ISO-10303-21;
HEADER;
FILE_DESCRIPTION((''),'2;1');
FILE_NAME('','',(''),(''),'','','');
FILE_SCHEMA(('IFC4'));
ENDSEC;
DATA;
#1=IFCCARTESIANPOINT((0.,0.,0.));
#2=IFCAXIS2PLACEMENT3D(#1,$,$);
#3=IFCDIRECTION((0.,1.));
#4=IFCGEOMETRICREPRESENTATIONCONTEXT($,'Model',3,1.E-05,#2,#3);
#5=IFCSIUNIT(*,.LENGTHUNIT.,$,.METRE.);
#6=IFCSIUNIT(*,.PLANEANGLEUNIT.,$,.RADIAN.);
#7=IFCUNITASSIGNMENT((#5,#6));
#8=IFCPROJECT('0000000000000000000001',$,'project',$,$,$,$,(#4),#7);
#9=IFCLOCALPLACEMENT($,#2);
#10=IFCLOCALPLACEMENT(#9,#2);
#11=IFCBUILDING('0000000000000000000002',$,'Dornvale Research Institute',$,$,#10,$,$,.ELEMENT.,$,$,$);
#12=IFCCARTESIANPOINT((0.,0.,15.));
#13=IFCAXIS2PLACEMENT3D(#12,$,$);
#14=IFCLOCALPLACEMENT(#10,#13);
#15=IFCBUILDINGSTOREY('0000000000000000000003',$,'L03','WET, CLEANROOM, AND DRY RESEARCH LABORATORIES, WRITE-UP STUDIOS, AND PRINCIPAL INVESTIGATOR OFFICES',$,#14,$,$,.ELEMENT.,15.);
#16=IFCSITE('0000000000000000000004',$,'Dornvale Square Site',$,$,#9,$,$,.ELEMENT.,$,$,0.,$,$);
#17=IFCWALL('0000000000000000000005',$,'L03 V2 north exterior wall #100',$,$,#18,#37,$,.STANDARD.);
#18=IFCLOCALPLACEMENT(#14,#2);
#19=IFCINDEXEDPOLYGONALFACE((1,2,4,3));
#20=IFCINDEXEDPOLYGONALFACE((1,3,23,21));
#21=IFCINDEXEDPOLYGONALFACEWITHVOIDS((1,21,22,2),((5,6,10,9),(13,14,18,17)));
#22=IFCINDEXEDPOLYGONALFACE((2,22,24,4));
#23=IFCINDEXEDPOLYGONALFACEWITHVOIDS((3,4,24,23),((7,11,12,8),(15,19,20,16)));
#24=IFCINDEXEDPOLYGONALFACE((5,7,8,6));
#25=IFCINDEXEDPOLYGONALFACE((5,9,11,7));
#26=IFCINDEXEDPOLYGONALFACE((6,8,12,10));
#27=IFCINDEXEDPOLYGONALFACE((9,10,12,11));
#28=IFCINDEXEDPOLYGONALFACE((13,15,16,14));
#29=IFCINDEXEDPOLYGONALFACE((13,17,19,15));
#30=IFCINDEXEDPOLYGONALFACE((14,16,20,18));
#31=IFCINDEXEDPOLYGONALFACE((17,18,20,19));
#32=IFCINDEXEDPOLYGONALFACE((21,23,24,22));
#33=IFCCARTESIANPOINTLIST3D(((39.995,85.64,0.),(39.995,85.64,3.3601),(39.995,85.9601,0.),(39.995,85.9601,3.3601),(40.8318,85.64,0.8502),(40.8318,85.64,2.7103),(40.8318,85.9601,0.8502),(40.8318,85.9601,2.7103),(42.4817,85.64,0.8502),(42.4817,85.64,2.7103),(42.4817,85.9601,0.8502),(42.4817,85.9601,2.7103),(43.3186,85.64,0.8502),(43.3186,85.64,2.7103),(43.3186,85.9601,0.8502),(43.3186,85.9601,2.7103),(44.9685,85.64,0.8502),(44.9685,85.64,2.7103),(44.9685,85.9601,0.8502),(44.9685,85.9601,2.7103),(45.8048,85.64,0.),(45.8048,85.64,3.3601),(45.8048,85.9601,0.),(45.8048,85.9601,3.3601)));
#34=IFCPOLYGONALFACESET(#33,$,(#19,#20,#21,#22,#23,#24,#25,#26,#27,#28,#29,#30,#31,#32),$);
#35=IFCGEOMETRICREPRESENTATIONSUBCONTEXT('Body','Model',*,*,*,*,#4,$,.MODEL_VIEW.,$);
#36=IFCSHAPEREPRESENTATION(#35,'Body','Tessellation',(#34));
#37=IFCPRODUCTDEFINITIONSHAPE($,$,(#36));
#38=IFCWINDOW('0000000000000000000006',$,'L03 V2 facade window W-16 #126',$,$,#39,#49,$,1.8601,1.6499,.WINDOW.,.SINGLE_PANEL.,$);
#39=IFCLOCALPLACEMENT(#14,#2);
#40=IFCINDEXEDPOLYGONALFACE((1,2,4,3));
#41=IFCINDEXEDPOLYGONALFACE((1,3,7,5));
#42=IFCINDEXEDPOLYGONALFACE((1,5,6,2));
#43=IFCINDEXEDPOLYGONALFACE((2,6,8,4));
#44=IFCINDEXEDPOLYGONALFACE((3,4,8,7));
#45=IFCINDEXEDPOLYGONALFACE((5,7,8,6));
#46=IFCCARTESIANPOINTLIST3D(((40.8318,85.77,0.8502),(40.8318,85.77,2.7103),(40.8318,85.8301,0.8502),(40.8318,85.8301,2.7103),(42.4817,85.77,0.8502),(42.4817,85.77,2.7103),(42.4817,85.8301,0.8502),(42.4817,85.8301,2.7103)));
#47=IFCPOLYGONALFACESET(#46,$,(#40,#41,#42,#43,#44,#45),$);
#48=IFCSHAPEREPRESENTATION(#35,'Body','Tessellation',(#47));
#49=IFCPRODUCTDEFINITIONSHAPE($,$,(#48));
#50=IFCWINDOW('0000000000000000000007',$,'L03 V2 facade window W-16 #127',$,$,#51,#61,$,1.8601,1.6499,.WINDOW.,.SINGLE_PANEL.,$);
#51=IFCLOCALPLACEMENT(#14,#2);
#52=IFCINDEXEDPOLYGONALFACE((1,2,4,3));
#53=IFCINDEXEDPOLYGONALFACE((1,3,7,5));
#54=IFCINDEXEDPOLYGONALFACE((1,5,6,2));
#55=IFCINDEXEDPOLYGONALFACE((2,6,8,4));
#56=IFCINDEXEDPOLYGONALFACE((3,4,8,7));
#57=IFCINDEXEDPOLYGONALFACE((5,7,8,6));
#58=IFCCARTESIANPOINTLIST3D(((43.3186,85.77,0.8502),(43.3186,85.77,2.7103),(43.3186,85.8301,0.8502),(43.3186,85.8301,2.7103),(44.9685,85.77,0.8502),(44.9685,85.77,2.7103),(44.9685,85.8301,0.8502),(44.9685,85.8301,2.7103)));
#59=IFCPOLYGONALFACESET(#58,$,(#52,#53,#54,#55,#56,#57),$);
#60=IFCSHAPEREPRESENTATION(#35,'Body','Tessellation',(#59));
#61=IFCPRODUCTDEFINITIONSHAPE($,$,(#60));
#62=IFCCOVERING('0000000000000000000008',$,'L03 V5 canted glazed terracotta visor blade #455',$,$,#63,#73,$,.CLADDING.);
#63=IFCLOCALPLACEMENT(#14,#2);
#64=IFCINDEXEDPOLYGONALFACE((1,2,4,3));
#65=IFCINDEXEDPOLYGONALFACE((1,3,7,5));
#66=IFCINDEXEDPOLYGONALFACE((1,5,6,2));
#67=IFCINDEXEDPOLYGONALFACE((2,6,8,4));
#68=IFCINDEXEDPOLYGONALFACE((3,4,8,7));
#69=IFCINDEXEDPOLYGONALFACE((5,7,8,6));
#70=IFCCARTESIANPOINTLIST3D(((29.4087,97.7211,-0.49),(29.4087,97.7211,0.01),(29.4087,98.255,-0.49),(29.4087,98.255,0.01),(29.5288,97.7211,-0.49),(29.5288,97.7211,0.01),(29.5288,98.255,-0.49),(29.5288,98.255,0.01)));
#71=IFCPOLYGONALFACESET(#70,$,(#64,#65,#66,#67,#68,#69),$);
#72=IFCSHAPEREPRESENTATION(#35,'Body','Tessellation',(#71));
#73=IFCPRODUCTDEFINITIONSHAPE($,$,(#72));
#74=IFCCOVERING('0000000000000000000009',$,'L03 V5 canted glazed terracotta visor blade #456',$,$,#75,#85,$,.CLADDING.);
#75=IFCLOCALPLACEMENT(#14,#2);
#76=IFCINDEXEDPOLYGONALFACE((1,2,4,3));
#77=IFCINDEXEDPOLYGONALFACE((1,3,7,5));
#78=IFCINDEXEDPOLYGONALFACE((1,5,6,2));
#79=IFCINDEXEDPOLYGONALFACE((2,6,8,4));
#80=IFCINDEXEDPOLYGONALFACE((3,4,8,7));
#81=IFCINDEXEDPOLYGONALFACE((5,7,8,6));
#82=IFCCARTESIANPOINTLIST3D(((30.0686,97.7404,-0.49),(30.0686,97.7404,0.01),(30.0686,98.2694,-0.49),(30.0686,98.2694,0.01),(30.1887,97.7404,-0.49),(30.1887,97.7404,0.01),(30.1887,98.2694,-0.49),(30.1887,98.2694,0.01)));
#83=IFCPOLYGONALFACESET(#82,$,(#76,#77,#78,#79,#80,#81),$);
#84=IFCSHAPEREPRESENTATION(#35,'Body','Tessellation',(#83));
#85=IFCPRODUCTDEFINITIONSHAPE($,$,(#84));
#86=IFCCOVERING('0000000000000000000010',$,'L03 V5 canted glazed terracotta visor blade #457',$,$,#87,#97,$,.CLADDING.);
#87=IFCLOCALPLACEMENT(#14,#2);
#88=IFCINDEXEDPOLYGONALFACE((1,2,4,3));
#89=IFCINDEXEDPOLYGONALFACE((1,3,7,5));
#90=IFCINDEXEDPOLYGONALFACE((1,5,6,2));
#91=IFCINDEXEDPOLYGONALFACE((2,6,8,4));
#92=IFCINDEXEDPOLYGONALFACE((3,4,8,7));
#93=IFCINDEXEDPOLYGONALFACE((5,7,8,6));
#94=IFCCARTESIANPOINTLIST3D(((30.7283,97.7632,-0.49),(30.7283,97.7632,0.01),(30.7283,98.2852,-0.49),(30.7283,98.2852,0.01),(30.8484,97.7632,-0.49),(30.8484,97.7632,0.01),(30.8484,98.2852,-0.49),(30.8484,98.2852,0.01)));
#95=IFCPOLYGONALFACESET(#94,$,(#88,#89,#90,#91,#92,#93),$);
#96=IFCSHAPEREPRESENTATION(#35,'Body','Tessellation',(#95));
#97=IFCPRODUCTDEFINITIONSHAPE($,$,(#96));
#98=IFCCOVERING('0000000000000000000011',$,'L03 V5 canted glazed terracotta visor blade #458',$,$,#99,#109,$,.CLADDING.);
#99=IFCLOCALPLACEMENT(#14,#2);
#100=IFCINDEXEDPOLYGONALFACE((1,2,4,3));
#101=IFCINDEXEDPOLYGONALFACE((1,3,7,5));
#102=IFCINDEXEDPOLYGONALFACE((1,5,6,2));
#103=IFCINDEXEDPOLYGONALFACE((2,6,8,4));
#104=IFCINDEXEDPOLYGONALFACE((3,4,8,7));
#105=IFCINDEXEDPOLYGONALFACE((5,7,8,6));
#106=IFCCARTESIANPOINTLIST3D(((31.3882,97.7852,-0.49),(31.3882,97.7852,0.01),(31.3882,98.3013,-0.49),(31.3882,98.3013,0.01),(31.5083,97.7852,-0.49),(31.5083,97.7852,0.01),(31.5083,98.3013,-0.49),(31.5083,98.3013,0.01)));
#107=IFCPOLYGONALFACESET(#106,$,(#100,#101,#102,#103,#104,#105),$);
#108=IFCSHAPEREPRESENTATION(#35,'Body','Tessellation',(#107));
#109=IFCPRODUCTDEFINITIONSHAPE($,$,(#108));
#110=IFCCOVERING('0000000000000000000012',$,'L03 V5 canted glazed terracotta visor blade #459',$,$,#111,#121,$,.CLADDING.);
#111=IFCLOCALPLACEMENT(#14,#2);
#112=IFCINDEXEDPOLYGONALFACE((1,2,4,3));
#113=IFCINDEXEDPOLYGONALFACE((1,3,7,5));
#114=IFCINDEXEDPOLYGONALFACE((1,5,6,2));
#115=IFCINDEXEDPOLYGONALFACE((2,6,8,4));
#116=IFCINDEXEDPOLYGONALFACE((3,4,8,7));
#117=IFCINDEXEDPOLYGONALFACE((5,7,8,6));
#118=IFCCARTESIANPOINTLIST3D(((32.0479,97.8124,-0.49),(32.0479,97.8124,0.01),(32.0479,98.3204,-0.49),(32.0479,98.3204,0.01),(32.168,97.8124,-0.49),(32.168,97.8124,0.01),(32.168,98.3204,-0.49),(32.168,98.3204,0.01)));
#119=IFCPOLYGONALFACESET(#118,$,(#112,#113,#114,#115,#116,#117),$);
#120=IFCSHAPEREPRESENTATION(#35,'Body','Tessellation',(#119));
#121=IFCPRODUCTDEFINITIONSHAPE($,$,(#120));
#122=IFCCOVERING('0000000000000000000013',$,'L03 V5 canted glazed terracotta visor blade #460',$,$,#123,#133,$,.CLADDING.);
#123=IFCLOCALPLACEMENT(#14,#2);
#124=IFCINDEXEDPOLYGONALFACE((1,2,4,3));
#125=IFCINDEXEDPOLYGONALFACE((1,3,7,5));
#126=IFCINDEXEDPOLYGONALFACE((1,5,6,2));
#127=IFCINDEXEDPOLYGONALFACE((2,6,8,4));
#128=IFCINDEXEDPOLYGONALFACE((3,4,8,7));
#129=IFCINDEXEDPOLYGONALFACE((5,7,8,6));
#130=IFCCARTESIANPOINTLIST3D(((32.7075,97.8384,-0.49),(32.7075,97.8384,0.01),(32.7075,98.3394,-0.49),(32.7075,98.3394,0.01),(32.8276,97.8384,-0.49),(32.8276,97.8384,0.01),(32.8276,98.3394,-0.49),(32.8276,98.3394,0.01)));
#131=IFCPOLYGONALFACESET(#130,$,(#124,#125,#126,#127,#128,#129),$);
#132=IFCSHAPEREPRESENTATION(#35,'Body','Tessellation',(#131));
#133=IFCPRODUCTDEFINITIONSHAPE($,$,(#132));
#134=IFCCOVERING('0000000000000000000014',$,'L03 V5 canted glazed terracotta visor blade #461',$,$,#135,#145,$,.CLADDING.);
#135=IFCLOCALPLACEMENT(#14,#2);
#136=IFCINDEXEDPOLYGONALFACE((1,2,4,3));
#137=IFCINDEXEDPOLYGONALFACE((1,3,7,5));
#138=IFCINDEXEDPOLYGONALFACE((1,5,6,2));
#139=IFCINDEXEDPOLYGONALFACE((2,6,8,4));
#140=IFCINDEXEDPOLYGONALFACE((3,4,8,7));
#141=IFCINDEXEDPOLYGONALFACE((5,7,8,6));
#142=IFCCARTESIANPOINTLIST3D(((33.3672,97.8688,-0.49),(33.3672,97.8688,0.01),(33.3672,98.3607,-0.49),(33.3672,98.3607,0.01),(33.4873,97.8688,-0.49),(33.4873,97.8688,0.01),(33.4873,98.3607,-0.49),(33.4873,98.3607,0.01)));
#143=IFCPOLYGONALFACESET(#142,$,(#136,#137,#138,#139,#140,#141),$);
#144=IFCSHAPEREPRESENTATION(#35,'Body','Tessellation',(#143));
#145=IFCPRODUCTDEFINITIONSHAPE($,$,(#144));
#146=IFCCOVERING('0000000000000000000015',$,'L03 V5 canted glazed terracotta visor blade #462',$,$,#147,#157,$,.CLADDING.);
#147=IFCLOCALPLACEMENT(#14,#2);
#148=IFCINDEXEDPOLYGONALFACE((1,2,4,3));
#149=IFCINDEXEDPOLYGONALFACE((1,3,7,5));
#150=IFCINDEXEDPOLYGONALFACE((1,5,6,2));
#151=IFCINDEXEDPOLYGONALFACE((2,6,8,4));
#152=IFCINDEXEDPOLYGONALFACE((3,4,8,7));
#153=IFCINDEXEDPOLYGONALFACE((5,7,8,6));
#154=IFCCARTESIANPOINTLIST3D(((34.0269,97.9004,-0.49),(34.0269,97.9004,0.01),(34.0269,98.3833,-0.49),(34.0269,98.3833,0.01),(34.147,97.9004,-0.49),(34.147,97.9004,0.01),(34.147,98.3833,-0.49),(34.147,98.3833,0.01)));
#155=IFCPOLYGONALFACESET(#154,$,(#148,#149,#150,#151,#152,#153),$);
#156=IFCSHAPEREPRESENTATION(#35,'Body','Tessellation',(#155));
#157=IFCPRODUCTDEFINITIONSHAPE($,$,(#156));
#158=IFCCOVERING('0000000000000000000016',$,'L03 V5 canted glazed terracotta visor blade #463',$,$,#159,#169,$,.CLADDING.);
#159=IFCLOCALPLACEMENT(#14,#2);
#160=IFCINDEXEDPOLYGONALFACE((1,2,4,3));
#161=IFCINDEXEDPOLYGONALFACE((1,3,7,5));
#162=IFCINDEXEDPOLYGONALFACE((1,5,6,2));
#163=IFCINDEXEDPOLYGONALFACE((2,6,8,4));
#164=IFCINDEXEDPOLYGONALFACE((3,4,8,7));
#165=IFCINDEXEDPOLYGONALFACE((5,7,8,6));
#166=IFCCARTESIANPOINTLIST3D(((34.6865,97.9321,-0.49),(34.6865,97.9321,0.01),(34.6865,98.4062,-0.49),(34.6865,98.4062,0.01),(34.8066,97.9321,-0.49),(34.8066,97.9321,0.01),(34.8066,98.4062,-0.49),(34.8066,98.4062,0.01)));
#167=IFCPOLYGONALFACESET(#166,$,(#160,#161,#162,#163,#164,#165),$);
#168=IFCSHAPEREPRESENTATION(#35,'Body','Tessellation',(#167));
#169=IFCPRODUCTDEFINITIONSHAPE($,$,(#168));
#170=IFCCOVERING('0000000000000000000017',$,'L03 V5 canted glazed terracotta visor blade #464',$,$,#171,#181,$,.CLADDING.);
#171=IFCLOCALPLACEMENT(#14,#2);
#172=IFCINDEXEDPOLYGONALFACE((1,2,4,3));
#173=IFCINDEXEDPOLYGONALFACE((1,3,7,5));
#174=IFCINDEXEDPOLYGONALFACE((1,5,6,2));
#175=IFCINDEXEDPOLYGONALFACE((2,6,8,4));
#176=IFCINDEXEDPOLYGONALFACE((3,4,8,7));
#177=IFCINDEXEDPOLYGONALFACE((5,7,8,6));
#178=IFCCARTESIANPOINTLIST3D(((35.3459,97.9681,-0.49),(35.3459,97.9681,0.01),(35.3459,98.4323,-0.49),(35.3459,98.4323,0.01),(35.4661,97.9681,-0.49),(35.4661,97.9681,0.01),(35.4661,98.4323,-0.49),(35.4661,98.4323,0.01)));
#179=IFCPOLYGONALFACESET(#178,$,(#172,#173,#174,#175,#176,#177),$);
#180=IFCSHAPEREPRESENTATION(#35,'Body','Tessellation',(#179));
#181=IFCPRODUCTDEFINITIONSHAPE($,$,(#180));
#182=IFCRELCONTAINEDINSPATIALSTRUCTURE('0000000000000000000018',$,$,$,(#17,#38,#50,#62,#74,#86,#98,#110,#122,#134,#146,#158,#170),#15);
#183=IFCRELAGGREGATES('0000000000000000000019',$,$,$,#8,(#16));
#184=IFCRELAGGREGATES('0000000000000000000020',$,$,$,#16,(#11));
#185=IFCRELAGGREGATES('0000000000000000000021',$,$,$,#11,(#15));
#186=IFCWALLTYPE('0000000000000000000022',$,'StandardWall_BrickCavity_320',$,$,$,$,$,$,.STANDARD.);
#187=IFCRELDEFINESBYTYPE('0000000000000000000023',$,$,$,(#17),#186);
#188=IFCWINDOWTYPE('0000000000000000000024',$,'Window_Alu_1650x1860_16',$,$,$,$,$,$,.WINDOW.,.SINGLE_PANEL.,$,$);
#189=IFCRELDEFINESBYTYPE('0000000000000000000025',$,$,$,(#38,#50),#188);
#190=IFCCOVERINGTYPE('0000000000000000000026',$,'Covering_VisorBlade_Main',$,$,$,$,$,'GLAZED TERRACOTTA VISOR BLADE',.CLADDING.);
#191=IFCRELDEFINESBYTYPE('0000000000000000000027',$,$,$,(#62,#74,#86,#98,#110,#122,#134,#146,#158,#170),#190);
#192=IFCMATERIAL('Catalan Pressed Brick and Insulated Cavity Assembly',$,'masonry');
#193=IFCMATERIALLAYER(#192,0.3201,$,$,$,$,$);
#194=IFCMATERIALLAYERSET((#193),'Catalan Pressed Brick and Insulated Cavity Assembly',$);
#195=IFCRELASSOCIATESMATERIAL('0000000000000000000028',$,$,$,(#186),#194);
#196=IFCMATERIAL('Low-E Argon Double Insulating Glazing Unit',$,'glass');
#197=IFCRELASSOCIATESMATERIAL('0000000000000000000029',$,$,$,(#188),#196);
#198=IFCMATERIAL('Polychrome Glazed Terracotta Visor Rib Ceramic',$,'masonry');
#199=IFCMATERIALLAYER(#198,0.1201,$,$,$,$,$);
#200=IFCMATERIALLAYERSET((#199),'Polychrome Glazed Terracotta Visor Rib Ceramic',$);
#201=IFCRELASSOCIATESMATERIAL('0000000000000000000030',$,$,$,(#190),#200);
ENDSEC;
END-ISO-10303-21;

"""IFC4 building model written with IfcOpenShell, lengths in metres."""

from ifc_helpers import new_model, si_unit, direction, frame, frame_2d, origin, origin_2d, place, context, subcontext, project, spatial, rectangle, extrude, material, layer, layer_set, type_object, element, fill, save


model = new_model("IFC4")

# Units and contexts
model_context = context("Model", 3, precision=1e-05, world=origin(), true_north=direction((0.0, 1.0)))
body_context = subcontext(model_context, "Body", "Model", "MODEL_VIEW")
ifc_project = project(units=[si_unit("LENGTHUNIT", "METRE"), si_unit("PLANEANGLEUNIT", "RADIAN")], contexts=[model_context])

# Site, building, storey
site_placement = place(None, origin())
site = spatial("IfcSite", under=ifc_project, at=site_placement, Name="Dornvale Square Site", CompositionType="ELEMENT", RefElevation=0.0)
building_placement = place(site_placement, origin())
building = spatial("IfcBuilding", under=site, at=building_placement, Name="Dornvale Research Institute", CompositionType="ELEMENT")
storey_placement = place(building_placement, frame((0.0, 0.0, 15.0)))
storey = spatial("IfcBuildingStorey", under=building, at=storey_placement, Name="L03", Description="WET, CLEANROOM, AND DRY RESEARCH LABORATORIES, WRITE-UP STUDIOS, AND PRINCIPAL INVESTIGATOR OFFICES", CompositionType="ELEMENT", Elevation=15.0)

# Wall, openings, windows
ifc_material_1 = material(Name="Catalan Pressed Brick and Insulated Cavity Assembly", Category="masonry")
ifc_layer_1 = layer(ifc_material_1, 0.3201)
ifc_layer_set_1 = layer_set([ifc_layer_1], Name="Catalan Pressed Brick and Insulated Cavity Assembly")
wall_type = type_object("IfcWallType", Name="StandardWall_BrickCavity_320", PredefinedType="STANDARD", material=ifc_layer_set_1)
wall_1_placement = place(storey_placement, frame((39.9951, 85.8, 0.0), z_axis=(0.0, 0.0, 1.0), x_axis=(1.0, 0.0, 0.0)))
wall_1 = element("IfcWall", 1, at=wall_1_placement, inside=storey, type_object=wall_type, Name="L03 V2 north exterior wall #100", PredefinedType="STANDARD", context=body_context, shape_type="SweptSolid", body=[
    extrude(rectangle(XDim=5.8098, YDim=0.3201, at=frame_2d((2.9048, 0.0))), origin(), (0.0, 0.0, 1.0), 3.3601),
])
opening_1_placement = place(wall_1_placement, frame((0.8367, 0.0, 0.8501)))
opening_1 = element("IfcOpeningElement", 2, at=opening_1_placement, cuts=wall_1, PredefinedType="OPENING", context=body_context, shape_type="SweptSolid", body=[
    extrude(rectangle(XDim=1.6499, YDim=1.8601, at=frame_2d((0.825, 0.9302))), frame((0.0, 0.175, 0.0), z_axis=(0.0, -1.0, 0.0), x_axis=(1.0, 0.0, 0.0)), (0.0, 0.0, 1.0), 0.3501),
])
opening_2_placement = place(wall_1_placement, frame((3.3235, 0.0, 0.8501)))
opening_2 = element("IfcOpeningElement", 3, at=opening_2_placement, cuts=wall_1, PredefinedType="OPENING", context=body_context, shape_type="SweptSolid", body=[
    extrude(rectangle(XDim=1.6499, YDim=1.8601, at=frame_2d((0.825, 0.9302))), frame((0.0, 0.175, 0.0), z_axis=(0.0, -1.0, 0.0), x_axis=(1.0, 0.0, 0.0)), (0.0, 0.0, 1.0), 0.3501),
])
ifc_material_2 = material(Name="Low-E Argon Double Insulating Glazing Unit", Category="glass")
window_type_1 = type_object("IfcWindowType", Name="Window_Alu_1650x1860_16", PartitioningType="SINGLE_PANEL", PredefinedType="WINDOW", material=ifc_material_2)
window_1_placement = place(opening_1_placement, origin())
window_1 = element("IfcWindow", 4, at=window_1_placement, inside=storey, type_object=window_type_1, Name="L03 V2 facade window W-16 #126", OverallHeight=1.8601, OverallWidth=1.6499, PartitioningType="SINGLE_PANEL", PredefinedType="WINDOW", context=body_context, shape_type="SweptSolid", body=[
    extrude(rectangle(XDim=1.6499, YDim=1.8601, at=frame_2d((0.825, 0.9302))), frame((0.0, 0.03, 0.0), z_axis=(0.0, -1.0, 0.0), x_axis=(1.0, 0.0, 0.0)), (0.0, 0.0, 1.0), 0.0601),
])
fill(opening_1, window_1)
window_2_placement = place(opening_2_placement, origin())
window_2 = element("IfcWindow", 5, at=window_2_placement, inside=storey, type_object=window_type_1, Name="L03 V2 facade window W-16 #127", OverallHeight=1.8601, OverallWidth=1.6499, PartitioningType="SINGLE_PANEL", PredefinedType="WINDOW", context=body_context, shape_type="SweptSolid", body=[
    extrude(rectangle(XDim=1.6499, YDim=1.8601, at=frame_2d((0.825, 0.9302))), frame((0.0, 0.03, 0.0), z_axis=(0.0, -1.0, 0.0), x_axis=(1.0, 0.0, 0.0)), (0.0, 0.0, 1.0), 0.0601),
])
fill(opening_2, window_2)

# Coverings
ifc_material_3 = material(Name="Polychrome Glazed Terracotta Visor Rib Ceramic", Category="masonry")
ifc_layer_2 = layer(ifc_material_3, 0.1201)
ifc_layer_set_2 = layer_set([ifc_layer_2], Name="Polychrome Glazed Terracotta Visor Rib Ceramic")
covering_type = type_object("IfcCoveringType", Name="Covering_VisorBlade_Main", ElementType="GLAZED TERRACOTTA VISOR BLADE", PredefinedType="CLADDING", material=ifc_layer_set_2)
covering_1_placement = place(storey_placement, frame((29.4688, 97.988, -0.49), z_axis=(0.0, 0.0, 1.0), x_axis=(0.0, 1.0, 0.0)))
element("IfcCovering", 6, at=covering_1_placement, inside=storey, type_object=covering_type, Name="L03 V5 canted glazed terracotta visor blade #455", PredefinedType="CLADDING", context=body_context, shape_type="SweptSolid", body=[
    extrude(rectangle(XDim=0.5339, YDim=0.1201, at=origin_2d()), origin(), (0.0, 0.0, 1.0), 0.5),
])
covering_2_placement = place(storey_placement, frame((30.1287, 98.0049, -0.49), z_axis=(0.0, 0.0, 1.0), x_axis=(0.0, 1.0, 0.0)))
element("IfcCovering", 7, at=covering_2_placement, inside=storey, type_object=covering_type, Name="L03 V5 canted glazed terracotta visor blade #456", PredefinedType="CLADDING", context=body_context, shape_type="SweptSolid", body=[
    extrude(rectangle(XDim=0.5291, YDim=0.1201, at=origin_2d()), origin(), (0.0, 0.0, 1.0), 0.5),
])
covering_3_placement = place(storey_placement, frame((30.7883, 98.0242, -0.49), z_axis=(0.0, 0.0, 1.0), x_axis=(0.0, 1.0, 0.0)))
element("IfcCovering", 8, at=covering_3_placement, inside=storey, type_object=covering_type, Name="L03 V5 canted glazed terracotta visor blade #457", PredefinedType="CLADDING", context=body_context, shape_type="SweptSolid", body=[
    extrude(rectangle(XDim=0.522, YDim=0.1201, at=origin_2d()), origin(), (0.0, 0.0, 1.0), 0.5),
])
covering_4_placement = place(storey_placement, frame((31.4482, 98.0432, -0.49), z_axis=(0.0, 0.0, 1.0), x_axis=(0.0, 1.0, 0.0)))
element("IfcCovering", 9, at=covering_4_placement, inside=storey, type_object=covering_type, Name="L03 V5 canted glazed terracotta visor blade #458", PredefinedType="CLADDING", context=body_context, shape_type="SweptSolid", body=[
    extrude(rectangle(XDim=0.5161, YDim=0.1201, at=origin_2d()), origin(), (0.0, 0.0, 1.0), 0.5),
])
covering_5_placement = place(storey_placement, frame((32.1079, 98.0664, -0.49), z_axis=(0.0, 0.0, 1.0), x_axis=(0.0, 1.0, 0.0)))
element("IfcCovering", 10, at=covering_5_placement, inside=storey, type_object=covering_type, Name="L03 V5 canted glazed terracotta visor blade #459", PredefinedType="CLADDING", context=body_context, shape_type="SweptSolid", body=[
    extrude(rectangle(XDim=0.5081, YDim=0.1201, at=origin_2d()), origin(), (0.0, 0.0, 1.0), 0.5),
])
covering_6_placement = place(storey_placement, frame((32.7676, 98.0889, -0.49), z_axis=(0.0, 0.0, 1.0), x_axis=(0.0, 1.0, 0.0)))
element("IfcCovering", 11, at=covering_6_placement, inside=storey, type_object=covering_type, Name="L03 V5 canted glazed terracotta visor blade #460", PredefinedType="CLADDING", context=body_context, shape_type="SweptSolid", body=[
    extrude(rectangle(XDim=0.501, YDim=0.1201, at=origin_2d()), origin(), (0.0, 0.0, 1.0), 0.5),
])
covering_7_placement = place(storey_placement, frame((33.4272, 98.1147, -0.49), z_axis=(0.0, 0.0, 1.0), x_axis=(0.0, 1.0, 0.0)))
element("IfcCovering", 12, at=covering_7_placement, inside=storey, type_object=covering_type, Name="L03 V5 canted glazed terracotta visor blade #461", PredefinedType="CLADDING", context=body_context, shape_type="SweptSolid", body=[
    extrude(rectangle(XDim=0.4919, YDim=0.1201, at=origin_2d()), origin(), (0.0, 0.0, 1.0), 0.5),
])
covering_8_placement = place(storey_placement, frame((34.0869, 98.1418, -0.49), z_axis=(0.0, 0.0, 1.0), x_axis=(0.0, 1.0, 0.0)))
element("IfcCovering", 13, at=covering_8_placement, inside=storey, type_object=covering_type, Name="L03 V5 canted glazed terracotta visor blade #462", PredefinedType="CLADDING", context=body_context, shape_type="SweptSolid", body=[
    extrude(rectangle(XDim=0.4829, YDim=0.1201, at=origin_2d()), origin(), (0.0, 0.0, 1.0), 0.5),
])
covering_9_placement = place(storey_placement, frame((34.7466, 98.1692, -0.49), z_axis=(0.0, 0.0, 1.0), x_axis=(0.0, 1.0, 0.0)))
element("IfcCovering", 14, at=covering_9_placement, inside=storey, type_object=covering_type, Name="L03 V5 canted glazed terracotta visor blade #463", PredefinedType="CLADDING", context=body_context, shape_type="SweptSolid", body=[
    extrude(rectangle(XDim=0.4741, YDim=0.1201, at=origin_2d()), origin(), (0.0, 0.0, 1.0), 0.5),
])
covering_10_placement = place(storey_placement, frame((35.406, 98.2002, -0.49), z_axis=(0.0, 0.0, 1.0), x_axis=(0.0, 1.0, 0.0)))
element("IfcCovering", 15, at=covering_10_placement, inside=storey, type_object=covering_type, Name="L03 V5 canted glazed terracotta visor blade #464", PredefinedType="CLADDING", context=body_context, shape_type="SweptSolid", body=[
    extrude(rectangle(XDim=0.4641, YDim=0.1201, at=origin_2d()), origin(), (0.0, 0.0, 1.0), 0.5),
])

save(model, "model.ifc")
